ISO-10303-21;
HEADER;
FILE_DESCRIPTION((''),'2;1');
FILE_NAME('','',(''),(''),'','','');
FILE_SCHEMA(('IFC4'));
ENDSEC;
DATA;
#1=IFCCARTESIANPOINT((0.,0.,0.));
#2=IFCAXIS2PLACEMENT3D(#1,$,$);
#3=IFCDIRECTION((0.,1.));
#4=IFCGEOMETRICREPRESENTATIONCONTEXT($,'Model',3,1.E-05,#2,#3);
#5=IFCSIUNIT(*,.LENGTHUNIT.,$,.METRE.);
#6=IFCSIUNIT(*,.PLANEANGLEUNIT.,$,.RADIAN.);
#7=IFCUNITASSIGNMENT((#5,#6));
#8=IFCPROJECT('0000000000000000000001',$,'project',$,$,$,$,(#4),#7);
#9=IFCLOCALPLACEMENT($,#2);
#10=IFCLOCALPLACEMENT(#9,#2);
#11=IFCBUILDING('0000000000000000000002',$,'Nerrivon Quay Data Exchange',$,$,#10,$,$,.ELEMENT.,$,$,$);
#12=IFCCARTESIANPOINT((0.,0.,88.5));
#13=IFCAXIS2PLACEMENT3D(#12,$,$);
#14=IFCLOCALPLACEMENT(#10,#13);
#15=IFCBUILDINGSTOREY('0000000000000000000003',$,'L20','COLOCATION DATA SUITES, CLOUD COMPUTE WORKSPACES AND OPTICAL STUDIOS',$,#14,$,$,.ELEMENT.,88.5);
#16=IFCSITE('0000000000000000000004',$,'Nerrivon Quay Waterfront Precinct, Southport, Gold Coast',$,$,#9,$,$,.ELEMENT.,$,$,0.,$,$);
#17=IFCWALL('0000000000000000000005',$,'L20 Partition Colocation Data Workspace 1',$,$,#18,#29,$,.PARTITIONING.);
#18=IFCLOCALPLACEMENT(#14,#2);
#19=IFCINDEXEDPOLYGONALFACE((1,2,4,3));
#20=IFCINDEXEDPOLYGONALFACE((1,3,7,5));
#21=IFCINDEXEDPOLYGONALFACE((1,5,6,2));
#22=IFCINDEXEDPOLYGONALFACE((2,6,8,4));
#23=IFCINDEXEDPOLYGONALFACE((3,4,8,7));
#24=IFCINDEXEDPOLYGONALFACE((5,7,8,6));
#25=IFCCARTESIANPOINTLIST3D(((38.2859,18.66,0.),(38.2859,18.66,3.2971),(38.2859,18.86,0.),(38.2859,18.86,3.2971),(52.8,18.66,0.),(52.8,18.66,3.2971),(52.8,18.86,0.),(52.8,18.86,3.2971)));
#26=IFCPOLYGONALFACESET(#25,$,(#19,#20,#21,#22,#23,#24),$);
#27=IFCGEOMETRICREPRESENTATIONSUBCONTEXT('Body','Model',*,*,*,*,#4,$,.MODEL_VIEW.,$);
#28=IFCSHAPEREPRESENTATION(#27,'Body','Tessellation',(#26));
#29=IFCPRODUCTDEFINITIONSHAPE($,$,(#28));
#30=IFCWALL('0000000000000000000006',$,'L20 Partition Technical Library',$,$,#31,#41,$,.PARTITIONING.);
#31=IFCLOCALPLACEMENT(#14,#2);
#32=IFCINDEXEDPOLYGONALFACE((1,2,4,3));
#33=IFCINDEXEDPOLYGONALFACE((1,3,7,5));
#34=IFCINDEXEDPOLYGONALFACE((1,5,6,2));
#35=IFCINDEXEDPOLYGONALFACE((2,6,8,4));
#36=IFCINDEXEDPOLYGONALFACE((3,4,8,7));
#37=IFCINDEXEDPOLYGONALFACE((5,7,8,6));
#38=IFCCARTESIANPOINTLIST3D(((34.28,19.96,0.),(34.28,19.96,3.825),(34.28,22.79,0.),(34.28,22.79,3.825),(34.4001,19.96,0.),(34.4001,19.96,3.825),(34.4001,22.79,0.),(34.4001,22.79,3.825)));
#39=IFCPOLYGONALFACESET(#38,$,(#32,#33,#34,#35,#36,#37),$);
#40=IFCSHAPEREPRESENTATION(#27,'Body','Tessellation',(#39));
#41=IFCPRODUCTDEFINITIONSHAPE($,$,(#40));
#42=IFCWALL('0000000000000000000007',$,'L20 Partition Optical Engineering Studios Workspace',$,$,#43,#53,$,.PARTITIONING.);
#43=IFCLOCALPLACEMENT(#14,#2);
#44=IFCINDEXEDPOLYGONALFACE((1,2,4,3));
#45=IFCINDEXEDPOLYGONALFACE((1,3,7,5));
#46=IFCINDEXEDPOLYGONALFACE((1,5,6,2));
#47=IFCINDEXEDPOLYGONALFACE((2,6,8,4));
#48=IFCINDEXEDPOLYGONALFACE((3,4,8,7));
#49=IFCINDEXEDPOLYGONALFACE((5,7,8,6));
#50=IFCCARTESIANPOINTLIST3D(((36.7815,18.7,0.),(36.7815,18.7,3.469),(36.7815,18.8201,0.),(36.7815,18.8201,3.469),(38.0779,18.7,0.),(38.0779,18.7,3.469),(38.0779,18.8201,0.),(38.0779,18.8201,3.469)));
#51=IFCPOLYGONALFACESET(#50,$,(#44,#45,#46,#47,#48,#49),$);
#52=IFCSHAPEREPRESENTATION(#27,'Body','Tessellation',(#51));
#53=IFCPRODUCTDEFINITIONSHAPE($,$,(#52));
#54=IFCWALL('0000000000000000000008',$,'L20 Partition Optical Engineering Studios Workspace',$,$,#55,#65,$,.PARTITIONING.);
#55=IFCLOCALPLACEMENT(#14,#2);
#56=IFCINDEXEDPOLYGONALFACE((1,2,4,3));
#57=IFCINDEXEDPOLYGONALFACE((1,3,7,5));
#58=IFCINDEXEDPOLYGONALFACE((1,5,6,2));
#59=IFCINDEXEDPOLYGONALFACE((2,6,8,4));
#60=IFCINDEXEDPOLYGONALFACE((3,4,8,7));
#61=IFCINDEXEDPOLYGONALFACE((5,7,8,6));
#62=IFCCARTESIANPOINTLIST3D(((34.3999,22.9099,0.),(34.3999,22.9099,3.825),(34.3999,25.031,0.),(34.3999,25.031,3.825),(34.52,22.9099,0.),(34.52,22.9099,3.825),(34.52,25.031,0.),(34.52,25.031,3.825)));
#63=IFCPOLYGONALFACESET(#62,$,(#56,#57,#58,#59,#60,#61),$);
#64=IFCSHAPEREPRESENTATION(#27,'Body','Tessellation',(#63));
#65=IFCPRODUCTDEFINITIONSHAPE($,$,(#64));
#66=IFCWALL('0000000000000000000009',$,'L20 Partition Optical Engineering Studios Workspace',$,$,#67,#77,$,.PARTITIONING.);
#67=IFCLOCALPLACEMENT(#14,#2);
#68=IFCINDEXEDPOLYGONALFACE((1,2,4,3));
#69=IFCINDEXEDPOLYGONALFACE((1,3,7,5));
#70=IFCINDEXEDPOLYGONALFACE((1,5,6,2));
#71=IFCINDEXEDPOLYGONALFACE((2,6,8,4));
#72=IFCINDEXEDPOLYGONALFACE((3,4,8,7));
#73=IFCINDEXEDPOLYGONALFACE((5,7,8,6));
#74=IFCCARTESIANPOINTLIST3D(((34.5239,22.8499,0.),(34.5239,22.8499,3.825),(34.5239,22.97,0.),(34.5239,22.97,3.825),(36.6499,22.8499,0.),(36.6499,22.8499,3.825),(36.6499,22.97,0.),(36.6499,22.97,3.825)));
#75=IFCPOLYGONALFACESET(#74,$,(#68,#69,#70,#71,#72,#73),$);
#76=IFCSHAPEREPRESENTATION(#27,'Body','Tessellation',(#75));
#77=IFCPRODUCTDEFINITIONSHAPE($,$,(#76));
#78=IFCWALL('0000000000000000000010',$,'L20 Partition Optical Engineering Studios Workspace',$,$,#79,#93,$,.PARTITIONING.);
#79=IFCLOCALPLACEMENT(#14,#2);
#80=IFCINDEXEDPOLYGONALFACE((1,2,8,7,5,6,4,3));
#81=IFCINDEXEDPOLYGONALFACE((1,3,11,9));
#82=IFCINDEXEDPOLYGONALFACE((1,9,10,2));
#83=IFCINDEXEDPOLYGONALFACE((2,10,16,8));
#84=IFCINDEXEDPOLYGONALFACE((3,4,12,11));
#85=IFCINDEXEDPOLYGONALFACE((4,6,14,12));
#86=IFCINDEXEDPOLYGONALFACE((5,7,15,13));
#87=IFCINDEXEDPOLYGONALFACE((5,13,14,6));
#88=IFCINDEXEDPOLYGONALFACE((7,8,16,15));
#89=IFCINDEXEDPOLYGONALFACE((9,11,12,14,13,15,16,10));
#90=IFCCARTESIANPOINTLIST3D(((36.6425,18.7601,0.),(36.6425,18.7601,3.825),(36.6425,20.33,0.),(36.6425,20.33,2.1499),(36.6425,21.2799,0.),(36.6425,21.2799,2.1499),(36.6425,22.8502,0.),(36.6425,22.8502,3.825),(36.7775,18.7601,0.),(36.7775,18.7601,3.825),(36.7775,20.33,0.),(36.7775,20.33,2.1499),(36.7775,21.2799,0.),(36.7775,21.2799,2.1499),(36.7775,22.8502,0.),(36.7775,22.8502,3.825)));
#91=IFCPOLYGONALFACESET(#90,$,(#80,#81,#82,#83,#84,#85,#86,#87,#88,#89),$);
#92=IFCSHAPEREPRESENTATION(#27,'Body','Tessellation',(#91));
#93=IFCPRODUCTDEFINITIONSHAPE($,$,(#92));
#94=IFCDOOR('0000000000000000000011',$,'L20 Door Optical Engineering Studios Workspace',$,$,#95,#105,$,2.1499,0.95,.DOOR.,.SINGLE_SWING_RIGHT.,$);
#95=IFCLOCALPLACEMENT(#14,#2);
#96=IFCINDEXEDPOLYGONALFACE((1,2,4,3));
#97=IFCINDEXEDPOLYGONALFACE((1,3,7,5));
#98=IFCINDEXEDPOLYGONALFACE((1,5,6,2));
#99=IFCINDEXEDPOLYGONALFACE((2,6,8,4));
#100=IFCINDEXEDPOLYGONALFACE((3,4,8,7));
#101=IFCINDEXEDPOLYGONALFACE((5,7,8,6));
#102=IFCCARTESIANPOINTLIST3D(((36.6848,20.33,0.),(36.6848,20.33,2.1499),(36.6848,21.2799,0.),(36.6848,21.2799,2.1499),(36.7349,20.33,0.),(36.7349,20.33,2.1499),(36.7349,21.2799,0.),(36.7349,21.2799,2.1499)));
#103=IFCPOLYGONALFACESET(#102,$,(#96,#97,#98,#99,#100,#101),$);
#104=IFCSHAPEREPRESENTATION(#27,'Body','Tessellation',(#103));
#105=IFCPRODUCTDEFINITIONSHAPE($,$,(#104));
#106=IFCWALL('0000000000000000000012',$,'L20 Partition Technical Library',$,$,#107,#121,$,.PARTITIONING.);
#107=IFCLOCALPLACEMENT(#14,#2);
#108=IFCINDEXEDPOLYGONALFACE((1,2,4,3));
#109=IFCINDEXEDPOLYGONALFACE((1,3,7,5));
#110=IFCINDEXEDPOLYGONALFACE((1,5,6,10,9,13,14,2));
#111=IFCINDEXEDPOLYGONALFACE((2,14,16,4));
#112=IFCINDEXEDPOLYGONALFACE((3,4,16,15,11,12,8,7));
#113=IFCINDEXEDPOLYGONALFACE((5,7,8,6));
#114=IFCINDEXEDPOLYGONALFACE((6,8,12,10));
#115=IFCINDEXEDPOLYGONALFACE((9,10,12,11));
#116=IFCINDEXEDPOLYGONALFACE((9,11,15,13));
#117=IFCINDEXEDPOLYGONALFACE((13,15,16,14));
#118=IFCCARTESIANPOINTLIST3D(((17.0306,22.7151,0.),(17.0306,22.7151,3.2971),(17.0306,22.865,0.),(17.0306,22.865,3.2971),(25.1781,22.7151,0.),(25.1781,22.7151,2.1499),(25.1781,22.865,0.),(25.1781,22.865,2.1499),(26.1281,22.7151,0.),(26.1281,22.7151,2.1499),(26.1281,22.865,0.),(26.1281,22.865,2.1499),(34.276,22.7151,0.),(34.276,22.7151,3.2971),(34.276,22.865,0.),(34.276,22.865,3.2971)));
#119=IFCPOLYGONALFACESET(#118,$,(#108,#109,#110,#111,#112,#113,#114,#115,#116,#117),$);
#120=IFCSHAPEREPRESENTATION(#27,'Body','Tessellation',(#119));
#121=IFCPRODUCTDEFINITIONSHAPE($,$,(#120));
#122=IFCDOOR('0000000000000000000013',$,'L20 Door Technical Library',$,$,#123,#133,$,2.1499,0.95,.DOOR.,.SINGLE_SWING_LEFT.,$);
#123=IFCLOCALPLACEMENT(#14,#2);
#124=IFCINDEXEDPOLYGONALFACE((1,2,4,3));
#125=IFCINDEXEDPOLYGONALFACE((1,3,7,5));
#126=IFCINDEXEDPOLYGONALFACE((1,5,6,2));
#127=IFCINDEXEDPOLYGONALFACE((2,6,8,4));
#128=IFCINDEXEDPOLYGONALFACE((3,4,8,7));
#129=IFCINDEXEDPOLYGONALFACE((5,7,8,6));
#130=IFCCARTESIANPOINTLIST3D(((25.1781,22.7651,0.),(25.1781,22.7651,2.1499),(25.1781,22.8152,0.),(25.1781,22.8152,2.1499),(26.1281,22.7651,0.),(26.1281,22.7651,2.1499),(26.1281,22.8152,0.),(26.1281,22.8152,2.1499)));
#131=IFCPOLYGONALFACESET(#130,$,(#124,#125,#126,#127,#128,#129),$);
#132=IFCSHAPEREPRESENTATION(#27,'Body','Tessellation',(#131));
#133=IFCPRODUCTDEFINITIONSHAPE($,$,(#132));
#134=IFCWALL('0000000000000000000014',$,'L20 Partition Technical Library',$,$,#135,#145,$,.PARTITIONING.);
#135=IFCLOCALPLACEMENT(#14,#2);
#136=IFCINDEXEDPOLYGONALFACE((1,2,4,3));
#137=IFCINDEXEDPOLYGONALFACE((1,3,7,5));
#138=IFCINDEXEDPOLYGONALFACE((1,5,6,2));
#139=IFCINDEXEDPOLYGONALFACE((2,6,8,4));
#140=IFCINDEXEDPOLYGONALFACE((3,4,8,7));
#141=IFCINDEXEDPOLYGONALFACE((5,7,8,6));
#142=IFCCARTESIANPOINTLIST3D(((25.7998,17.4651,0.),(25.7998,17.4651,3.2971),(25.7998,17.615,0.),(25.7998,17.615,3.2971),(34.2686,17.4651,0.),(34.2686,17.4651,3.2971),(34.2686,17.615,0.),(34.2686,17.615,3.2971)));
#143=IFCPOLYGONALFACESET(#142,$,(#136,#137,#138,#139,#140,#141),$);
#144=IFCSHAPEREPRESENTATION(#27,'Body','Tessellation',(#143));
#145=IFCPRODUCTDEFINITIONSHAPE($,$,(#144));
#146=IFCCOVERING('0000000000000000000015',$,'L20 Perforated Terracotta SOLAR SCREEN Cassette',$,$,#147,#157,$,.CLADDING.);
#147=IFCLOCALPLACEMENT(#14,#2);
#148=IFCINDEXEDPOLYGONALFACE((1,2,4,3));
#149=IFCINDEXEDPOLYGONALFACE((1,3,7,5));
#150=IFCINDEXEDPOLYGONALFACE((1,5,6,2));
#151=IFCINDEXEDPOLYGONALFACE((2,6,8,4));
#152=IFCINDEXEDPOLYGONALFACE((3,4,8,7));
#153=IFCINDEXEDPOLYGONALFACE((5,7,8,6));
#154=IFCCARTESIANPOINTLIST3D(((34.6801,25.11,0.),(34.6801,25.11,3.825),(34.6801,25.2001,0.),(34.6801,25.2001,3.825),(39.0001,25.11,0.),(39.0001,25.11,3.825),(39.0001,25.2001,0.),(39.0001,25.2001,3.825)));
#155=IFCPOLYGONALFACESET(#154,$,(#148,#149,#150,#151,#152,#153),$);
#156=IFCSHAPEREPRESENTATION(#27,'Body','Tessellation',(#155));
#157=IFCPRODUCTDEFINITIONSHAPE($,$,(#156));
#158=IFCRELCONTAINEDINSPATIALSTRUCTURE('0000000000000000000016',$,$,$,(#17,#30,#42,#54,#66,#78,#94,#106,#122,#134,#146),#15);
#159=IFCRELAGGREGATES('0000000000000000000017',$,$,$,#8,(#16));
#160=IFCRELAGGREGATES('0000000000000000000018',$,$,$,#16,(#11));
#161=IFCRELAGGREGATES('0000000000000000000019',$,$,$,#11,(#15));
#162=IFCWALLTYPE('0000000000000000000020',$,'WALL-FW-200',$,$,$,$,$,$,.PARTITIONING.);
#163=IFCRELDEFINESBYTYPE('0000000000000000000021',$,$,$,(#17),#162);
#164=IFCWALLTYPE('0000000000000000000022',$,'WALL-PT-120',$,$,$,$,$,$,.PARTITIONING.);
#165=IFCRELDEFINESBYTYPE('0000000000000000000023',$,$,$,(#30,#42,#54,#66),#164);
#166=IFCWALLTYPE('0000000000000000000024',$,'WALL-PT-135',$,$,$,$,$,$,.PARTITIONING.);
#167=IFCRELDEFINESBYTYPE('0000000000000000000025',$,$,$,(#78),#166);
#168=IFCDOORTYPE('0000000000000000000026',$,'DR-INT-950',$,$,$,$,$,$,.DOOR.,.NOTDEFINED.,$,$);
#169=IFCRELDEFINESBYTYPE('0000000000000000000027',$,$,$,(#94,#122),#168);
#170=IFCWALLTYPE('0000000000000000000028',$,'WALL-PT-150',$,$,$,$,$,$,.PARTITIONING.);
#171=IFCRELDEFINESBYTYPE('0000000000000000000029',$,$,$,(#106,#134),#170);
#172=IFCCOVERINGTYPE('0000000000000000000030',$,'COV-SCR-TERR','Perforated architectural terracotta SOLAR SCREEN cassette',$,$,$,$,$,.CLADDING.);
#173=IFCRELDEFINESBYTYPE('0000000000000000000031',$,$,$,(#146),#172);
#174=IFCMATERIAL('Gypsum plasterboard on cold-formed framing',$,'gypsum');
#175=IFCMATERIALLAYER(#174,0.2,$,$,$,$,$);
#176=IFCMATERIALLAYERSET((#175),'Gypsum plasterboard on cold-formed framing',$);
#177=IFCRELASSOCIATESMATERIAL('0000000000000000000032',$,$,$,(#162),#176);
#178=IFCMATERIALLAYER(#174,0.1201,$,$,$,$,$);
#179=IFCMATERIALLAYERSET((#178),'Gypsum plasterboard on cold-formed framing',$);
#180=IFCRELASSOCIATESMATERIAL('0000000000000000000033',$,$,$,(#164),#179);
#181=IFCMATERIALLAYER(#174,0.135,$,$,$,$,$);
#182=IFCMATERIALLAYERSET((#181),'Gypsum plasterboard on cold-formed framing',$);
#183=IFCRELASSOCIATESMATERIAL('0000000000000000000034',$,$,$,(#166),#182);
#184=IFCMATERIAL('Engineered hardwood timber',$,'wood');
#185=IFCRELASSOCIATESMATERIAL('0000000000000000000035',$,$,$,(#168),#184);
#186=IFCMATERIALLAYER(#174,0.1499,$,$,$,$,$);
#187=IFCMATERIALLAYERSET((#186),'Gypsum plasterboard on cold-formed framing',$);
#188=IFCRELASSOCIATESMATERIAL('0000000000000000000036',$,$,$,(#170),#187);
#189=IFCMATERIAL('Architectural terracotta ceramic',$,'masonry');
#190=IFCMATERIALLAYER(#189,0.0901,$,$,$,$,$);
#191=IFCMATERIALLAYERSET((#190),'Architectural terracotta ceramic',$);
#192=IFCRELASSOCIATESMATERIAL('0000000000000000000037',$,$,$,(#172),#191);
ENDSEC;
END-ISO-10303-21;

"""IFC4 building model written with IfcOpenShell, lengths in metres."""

from ifc_helpers import new_model, si_unit, direction, frame, frame_2d, origin, origin_2d, place, context, subcontext, project, spatial, rectangle, extrude, material, layer, layer_set, type_object, element, fill, save


model = new_model("IFC4")

# Units and contexts
model_context = context("Model", 3, precision=1e-05, world=origin(), true_north=direction((0.0, 1.0)))
body_context = subcontext(model_context, "Body", "Model", "MODEL_VIEW")
ifc_project = project(units=[si_unit("LENGTHUNIT", "METRE"), si_unit("PLANEANGLEUNIT", "RADIAN")], contexts=[model_context])

# Site, building, storey
site_placement = place(None, origin())
site = spatial("IfcSite", under=ifc_project, at=site_placement, Name="Nerrivon Quay Waterfront Precinct, Southport, Gold Coast", CompositionType="ELEMENT", RefElevation=0.0)
building_placement = place(site_placement, origin())
building = spatial("IfcBuilding", under=site, at=building_placement, Name="Nerrivon Quay Data Exchange", CompositionType="ELEMENT")
storey_placement = place(building_placement, frame((0.0, 0.0, 88.5)))
storey = spatial("IfcBuildingStorey", under=building, at=storey_placement, Name="L20", Description="COLOCATION DATA SUITES, CLOUD COMPUTE WORKSPACES AND OPTICAL STUDIOS", CompositionType="ELEMENT", Elevation=88.5)

# Walls
ifc_material_1 = material(Name="Gypsum plasterboard on cold-formed framing", Category="gypsum")
ifc_layer_1 = layer(ifc_material_1, 0.2)
ifc_layer_set_1 = layer_set([ifc_layer_1], Name="Gypsum plasterboard on cold-formed framing")
wall_type_1 = type_object("IfcWallType", Name="WALL-FW-200", PredefinedType="PARTITIONING", material=ifc_layer_set_1)
wall_1_placement = place(storey_placement, frame((38.2859, 18.76, 0.0), z_axis=(0.0, 0.0, 1.0), x_axis=(1.0, 0.0, 0.0)))
element("IfcWall", 1, at=wall_1_placement, inside=storey, type_object=wall_type_1, Name="L20 Partition Colocation Data Workspace 1", PredefinedType="PARTITIONING", context=body_context, shape_type="SweptSolid", body=[
    extrude(rectangle(XDim=14.5142, YDim=0.2, at=frame_2d((7.2571, 0.0))), origin(), (0.0, 0.0, 1.0), 3.2971),
])
ifc_layer_2 = layer(ifc_material_1, 0.1201)
ifc_layer_set_2 = layer_set([ifc_layer_2], Name="Gypsum plasterboard on cold-formed framing")
wall_type_2 = type_object("IfcWallType", Name="WALL-PT-120", PredefinedType="PARTITIONING", material=ifc_layer_set_2)
wall_2_placement = place(storey_placement, frame((34.3401, 19.96, 0.0), z_axis=(0.0, 0.0, 1.0), x_axis=(0.0, 1.0, 0.0)))
element("IfcWall", 2, at=wall_2_placement, inside=storey, type_object=wall_type_2, Name="L20 Partition Technical Library", PredefinedType="PARTITIONING", context=body_context, shape_type="SweptSolid", body=[
    extrude(rectangle(XDim=2.8301, YDim=0.1201, at=frame_2d((1.415, 0.0))), origin(), (0.0, 0.0, 1.0), 3.825),
])
wall_3_placement = place(storey_placement, frame((36.7815, 18.76, 0.0), z_axis=(0.0, 0.0, 1.0), x_axis=(1.0, 0.0, 0.0)))
element("IfcWall", 3, at=wall_3_placement, inside=storey, type_object=wall_type_2, Name="L20 Partition Optical Engineering Studios Workspace", PredefinedType="PARTITIONING", context=body_context, shape_type="SweptSolid", body=[
    extrude(rectangle(XDim=1.2964, YDim=0.1201, at=frame_2d((0.6482, 0.0))), origin(), (0.0, 0.0, 1.0), 3.469),
])
wall_4_placement = place(storey_placement, frame((34.46, 25.031, 0.0), z_axis=(0.0, 0.0, 1.0), x_axis=(0.0, -1.0, 0.0)))
element("IfcWall", 4, at=wall_4_placement, inside=storey, type_object=wall_type_2, Name="L20 Partition Optical Engineering Studios Workspace", PredefinedType="PARTITIONING", context=body_context, shape_type="SweptSolid", body=[
    extrude(rectangle(XDim=2.1211, YDim=0.1201, at=frame_2d((1.0605, 0.0))), origin(), (0.0, 0.0, 1.0), 3.825),
])
wall_5_placement = place(storey_placement, frame((34.5239, 22.9099, 0.0), z_axis=(0.0, 0.0, 1.0), x_axis=(1.0, 0.0, 0.0)))
element("IfcWall", 5, at=wall_5_placement, inside=storey, type_object=wall_type_2, Name="L20 Partition Optical Engineering Studios Workspace", PredefinedType="PARTITIONING", context=body_context, shape_type="SweptSolid", body=[
    extrude(rectangle(XDim=2.126, YDim=0.1201, at=frame_2d((1.063, 0.0))), origin(), (0.0, 0.0, 1.0), 3.825),
])

# Walls, openings, doors
ifc_layer_3 = layer(ifc_material_1, 0.135)
ifc_layer_set_3 = layer_set([ifc_layer_3], Name="Gypsum plasterboard on cold-formed framing")
wall_type_3 = type_object("IfcWallType", Name="WALL-PT-135", PredefinedType="PARTITIONING", material=ifc_layer_set_3)
wall_6_placement = place(storey_placement, frame((36.71, 22.8501, 0.0), z_axis=(0.0, 0.0, 1.0), x_axis=(0.0, -1.0, 0.0)))
wall_6 = element("IfcWall", 6, at=wall_6_placement, inside=storey, type_object=wall_type_3, Name="L20 Partition Optical Engineering Studios Workspace", PredefinedType="PARTITIONING", context=body_context, shape_type="SweptSolid", body=[
    extrude(rectangle(XDim=4.0901, YDim=0.135, at=frame_2d((2.0449, 0.0))), origin(), (0.0, 0.0, 1.0), 3.825),
])
opening_1_placement = place(wall_6_placement, frame((1.5701, 0.0, 0.0)))
opening_1 = element("IfcOpeningElement", 7, at=opening_1_placement, cuts=wall_6, PredefinedType="OPENING", context=body_context, shape_type="SweptSolid", body=[
    extrude(rectangle(XDim=0.95, YDim=2.1499, at=frame_2d((0.4751, 1.075))), frame((0.0, 0.0774, 0.0), z_axis=(0.0, -1.0, 0.0), x_axis=(1.0, 0.0, 0.0)), (0.0, 0.0, 1.0), 0.155),
])
ifc_material_2 = material(Name="Engineered hardwood timber", Category="wood")
door_type = type_object("IfcDoorType", Name="DR-INT-950", OperationType="NOTDEFINED", PredefinedType="DOOR", material=ifc_material_2)
door_1_placement = place(opening_1_placement, origin())
door_1 = element("IfcDoor", 8, at=door_1_placement, inside=storey, type_object=door_type, Name="L20 Door Optical Engineering Studios Workspace", OperationType="SINGLE_SWING_RIGHT", OverallHeight=2.1499, OverallWidth=0.95, PredefinedType="DOOR", context=body_context, shape_type="SweptSolid", body=[
    extrude(rectangle(XDim=0.95, YDim=2.1499, at=frame_2d((0.4751, 1.075))), frame((0.0, 0.0249, 0.0), z_axis=(0.0, -1.0, 0.0), x_axis=(1.0, 0.0, 0.0)), (0.0, 0.0, 1.0), 0.05),
])
fill(opening_1, door_1)
ifc_layer_4 = layer(ifc_material_1, 0.1499)
ifc_layer_set_4 = layer_set([ifc_layer_4], Name="Gypsum plasterboard on cold-formed framing")
wall_type_4 = type_object("IfcWallType", Name="WALL-PT-150", PredefinedType="PARTITIONING", material=ifc_layer_set_4)
wall_7_placement = place(storey_placement, frame((34.2759, 22.79, 0.0), z_axis=(0.0, 0.0, 1.0), x_axis=(-1.0, 0.0, 0.0)))
wall_7 = element("IfcWall", 9, at=wall_7_placement, inside=storey, type_object=wall_type_4, Name="L20 Partition Technical Library", PredefinedType="PARTITIONING", context=body_context, shape_type="SweptSolid", body=[
    extrude(rectangle(XDim=17.2454, YDim=0.1499, at=frame_2d((8.6226, 0.0))), origin(), (0.0, 0.0, 1.0), 3.2971),
])
opening_2_placement = place(wall_7_placement, frame((8.1477, 0.0, 0.0)))
opening_2 = element("IfcOpeningElement", 10, at=opening_2_placement, cuts=wall_7, PredefinedType="OPENING", context=body_context, shape_type="SweptSolid", body=[
    extrude(rectangle(XDim=0.95, YDim=2.1499, at=frame_2d((0.4751, 1.075))), frame((0.0, 0.085, 0.0), z_axis=(0.0, -1.0, 0.0), x_axis=(1.0, 0.0, 0.0)), (0.0, 0.0, 1.0), 0.1699),
])
door_2_placement = place(opening_2_placement, origin())
door_2 = element("IfcDoor", 11, at=door_2_placement, inside=storey, type_object=door_type, Name="L20 Door Technical Library", OperationType="SINGLE_SWING_LEFT", OverallHeight=2.1499, OverallWidth=0.95, PredefinedType="DOOR", context=body_context, shape_type="SweptSolid", body=[
    extrude(rectangle(XDim=0.95, YDim=2.1499, at=frame_2d((0.4751, 1.075))), frame((0.0, 0.0249, 0.0), z_axis=(0.0, -1.0, 0.0), x_axis=(1.0, 0.0, 0.0)), (0.0, 0.0, 1.0), 0.05),
])
fill(opening_2, door_2)

# Wall
wall_8_placement = place(storey_placement, frame((34.2686, 17.54, 0.0), z_axis=(0.0, 0.0, 1.0), x_axis=(-1.0, 0.0, 0.0)))
element("IfcWall", 12, at=wall_8_placement, inside=storey, type_object=wall_type_4, Name="L20 Partition Technical Library", PredefinedType="PARTITIONING", context=body_context, shape_type="SweptSolid", body=[
    extrude(rectangle(XDim=8.4688, YDim=0.1499, at=frame_2d((4.2344, 0.0))), origin(), (0.0, 0.0, 1.0), 3.2971),
])

# Covering
ifc_material_3 = material(Name="Architectural terracotta ceramic", Category="masonry")
ifc_layer_5 = layer(ifc_material_3, 0.0901)
ifc_layer_set_5 = layer_set([ifc_layer_5], Name="Architectural terracotta ceramic")
covering_type = type_object("IfcCoveringType", Name="COV-SCR-TERR", Description="Perforated architectural terracotta SOLAR SCREEN cassette", PredefinedType="CLADDING", material=ifc_layer_set_5)
covering_placement = place(storey_placement, frame((36.8401, 25.155, 0.0), z_axis=(0.0, 0.0, 1.0), x_axis=(1.0, 0.0, 0.0)))
element("IfcCovering", 13, at=covering_placement, inside=storey, type_object=covering_type, Name="L20 Perforated Terracotta SOLAR SCREEN Cassette", PredefinedType="CLADDING", context=body_context, shape_type="SweptSolid", body=[
    extrude(rectangle(XDim=4.3201, YDim=0.0901, at=origin_2d()), origin(), (0.0, 0.0, 1.0), 3.825),
])

save(model, "model.ifc")
